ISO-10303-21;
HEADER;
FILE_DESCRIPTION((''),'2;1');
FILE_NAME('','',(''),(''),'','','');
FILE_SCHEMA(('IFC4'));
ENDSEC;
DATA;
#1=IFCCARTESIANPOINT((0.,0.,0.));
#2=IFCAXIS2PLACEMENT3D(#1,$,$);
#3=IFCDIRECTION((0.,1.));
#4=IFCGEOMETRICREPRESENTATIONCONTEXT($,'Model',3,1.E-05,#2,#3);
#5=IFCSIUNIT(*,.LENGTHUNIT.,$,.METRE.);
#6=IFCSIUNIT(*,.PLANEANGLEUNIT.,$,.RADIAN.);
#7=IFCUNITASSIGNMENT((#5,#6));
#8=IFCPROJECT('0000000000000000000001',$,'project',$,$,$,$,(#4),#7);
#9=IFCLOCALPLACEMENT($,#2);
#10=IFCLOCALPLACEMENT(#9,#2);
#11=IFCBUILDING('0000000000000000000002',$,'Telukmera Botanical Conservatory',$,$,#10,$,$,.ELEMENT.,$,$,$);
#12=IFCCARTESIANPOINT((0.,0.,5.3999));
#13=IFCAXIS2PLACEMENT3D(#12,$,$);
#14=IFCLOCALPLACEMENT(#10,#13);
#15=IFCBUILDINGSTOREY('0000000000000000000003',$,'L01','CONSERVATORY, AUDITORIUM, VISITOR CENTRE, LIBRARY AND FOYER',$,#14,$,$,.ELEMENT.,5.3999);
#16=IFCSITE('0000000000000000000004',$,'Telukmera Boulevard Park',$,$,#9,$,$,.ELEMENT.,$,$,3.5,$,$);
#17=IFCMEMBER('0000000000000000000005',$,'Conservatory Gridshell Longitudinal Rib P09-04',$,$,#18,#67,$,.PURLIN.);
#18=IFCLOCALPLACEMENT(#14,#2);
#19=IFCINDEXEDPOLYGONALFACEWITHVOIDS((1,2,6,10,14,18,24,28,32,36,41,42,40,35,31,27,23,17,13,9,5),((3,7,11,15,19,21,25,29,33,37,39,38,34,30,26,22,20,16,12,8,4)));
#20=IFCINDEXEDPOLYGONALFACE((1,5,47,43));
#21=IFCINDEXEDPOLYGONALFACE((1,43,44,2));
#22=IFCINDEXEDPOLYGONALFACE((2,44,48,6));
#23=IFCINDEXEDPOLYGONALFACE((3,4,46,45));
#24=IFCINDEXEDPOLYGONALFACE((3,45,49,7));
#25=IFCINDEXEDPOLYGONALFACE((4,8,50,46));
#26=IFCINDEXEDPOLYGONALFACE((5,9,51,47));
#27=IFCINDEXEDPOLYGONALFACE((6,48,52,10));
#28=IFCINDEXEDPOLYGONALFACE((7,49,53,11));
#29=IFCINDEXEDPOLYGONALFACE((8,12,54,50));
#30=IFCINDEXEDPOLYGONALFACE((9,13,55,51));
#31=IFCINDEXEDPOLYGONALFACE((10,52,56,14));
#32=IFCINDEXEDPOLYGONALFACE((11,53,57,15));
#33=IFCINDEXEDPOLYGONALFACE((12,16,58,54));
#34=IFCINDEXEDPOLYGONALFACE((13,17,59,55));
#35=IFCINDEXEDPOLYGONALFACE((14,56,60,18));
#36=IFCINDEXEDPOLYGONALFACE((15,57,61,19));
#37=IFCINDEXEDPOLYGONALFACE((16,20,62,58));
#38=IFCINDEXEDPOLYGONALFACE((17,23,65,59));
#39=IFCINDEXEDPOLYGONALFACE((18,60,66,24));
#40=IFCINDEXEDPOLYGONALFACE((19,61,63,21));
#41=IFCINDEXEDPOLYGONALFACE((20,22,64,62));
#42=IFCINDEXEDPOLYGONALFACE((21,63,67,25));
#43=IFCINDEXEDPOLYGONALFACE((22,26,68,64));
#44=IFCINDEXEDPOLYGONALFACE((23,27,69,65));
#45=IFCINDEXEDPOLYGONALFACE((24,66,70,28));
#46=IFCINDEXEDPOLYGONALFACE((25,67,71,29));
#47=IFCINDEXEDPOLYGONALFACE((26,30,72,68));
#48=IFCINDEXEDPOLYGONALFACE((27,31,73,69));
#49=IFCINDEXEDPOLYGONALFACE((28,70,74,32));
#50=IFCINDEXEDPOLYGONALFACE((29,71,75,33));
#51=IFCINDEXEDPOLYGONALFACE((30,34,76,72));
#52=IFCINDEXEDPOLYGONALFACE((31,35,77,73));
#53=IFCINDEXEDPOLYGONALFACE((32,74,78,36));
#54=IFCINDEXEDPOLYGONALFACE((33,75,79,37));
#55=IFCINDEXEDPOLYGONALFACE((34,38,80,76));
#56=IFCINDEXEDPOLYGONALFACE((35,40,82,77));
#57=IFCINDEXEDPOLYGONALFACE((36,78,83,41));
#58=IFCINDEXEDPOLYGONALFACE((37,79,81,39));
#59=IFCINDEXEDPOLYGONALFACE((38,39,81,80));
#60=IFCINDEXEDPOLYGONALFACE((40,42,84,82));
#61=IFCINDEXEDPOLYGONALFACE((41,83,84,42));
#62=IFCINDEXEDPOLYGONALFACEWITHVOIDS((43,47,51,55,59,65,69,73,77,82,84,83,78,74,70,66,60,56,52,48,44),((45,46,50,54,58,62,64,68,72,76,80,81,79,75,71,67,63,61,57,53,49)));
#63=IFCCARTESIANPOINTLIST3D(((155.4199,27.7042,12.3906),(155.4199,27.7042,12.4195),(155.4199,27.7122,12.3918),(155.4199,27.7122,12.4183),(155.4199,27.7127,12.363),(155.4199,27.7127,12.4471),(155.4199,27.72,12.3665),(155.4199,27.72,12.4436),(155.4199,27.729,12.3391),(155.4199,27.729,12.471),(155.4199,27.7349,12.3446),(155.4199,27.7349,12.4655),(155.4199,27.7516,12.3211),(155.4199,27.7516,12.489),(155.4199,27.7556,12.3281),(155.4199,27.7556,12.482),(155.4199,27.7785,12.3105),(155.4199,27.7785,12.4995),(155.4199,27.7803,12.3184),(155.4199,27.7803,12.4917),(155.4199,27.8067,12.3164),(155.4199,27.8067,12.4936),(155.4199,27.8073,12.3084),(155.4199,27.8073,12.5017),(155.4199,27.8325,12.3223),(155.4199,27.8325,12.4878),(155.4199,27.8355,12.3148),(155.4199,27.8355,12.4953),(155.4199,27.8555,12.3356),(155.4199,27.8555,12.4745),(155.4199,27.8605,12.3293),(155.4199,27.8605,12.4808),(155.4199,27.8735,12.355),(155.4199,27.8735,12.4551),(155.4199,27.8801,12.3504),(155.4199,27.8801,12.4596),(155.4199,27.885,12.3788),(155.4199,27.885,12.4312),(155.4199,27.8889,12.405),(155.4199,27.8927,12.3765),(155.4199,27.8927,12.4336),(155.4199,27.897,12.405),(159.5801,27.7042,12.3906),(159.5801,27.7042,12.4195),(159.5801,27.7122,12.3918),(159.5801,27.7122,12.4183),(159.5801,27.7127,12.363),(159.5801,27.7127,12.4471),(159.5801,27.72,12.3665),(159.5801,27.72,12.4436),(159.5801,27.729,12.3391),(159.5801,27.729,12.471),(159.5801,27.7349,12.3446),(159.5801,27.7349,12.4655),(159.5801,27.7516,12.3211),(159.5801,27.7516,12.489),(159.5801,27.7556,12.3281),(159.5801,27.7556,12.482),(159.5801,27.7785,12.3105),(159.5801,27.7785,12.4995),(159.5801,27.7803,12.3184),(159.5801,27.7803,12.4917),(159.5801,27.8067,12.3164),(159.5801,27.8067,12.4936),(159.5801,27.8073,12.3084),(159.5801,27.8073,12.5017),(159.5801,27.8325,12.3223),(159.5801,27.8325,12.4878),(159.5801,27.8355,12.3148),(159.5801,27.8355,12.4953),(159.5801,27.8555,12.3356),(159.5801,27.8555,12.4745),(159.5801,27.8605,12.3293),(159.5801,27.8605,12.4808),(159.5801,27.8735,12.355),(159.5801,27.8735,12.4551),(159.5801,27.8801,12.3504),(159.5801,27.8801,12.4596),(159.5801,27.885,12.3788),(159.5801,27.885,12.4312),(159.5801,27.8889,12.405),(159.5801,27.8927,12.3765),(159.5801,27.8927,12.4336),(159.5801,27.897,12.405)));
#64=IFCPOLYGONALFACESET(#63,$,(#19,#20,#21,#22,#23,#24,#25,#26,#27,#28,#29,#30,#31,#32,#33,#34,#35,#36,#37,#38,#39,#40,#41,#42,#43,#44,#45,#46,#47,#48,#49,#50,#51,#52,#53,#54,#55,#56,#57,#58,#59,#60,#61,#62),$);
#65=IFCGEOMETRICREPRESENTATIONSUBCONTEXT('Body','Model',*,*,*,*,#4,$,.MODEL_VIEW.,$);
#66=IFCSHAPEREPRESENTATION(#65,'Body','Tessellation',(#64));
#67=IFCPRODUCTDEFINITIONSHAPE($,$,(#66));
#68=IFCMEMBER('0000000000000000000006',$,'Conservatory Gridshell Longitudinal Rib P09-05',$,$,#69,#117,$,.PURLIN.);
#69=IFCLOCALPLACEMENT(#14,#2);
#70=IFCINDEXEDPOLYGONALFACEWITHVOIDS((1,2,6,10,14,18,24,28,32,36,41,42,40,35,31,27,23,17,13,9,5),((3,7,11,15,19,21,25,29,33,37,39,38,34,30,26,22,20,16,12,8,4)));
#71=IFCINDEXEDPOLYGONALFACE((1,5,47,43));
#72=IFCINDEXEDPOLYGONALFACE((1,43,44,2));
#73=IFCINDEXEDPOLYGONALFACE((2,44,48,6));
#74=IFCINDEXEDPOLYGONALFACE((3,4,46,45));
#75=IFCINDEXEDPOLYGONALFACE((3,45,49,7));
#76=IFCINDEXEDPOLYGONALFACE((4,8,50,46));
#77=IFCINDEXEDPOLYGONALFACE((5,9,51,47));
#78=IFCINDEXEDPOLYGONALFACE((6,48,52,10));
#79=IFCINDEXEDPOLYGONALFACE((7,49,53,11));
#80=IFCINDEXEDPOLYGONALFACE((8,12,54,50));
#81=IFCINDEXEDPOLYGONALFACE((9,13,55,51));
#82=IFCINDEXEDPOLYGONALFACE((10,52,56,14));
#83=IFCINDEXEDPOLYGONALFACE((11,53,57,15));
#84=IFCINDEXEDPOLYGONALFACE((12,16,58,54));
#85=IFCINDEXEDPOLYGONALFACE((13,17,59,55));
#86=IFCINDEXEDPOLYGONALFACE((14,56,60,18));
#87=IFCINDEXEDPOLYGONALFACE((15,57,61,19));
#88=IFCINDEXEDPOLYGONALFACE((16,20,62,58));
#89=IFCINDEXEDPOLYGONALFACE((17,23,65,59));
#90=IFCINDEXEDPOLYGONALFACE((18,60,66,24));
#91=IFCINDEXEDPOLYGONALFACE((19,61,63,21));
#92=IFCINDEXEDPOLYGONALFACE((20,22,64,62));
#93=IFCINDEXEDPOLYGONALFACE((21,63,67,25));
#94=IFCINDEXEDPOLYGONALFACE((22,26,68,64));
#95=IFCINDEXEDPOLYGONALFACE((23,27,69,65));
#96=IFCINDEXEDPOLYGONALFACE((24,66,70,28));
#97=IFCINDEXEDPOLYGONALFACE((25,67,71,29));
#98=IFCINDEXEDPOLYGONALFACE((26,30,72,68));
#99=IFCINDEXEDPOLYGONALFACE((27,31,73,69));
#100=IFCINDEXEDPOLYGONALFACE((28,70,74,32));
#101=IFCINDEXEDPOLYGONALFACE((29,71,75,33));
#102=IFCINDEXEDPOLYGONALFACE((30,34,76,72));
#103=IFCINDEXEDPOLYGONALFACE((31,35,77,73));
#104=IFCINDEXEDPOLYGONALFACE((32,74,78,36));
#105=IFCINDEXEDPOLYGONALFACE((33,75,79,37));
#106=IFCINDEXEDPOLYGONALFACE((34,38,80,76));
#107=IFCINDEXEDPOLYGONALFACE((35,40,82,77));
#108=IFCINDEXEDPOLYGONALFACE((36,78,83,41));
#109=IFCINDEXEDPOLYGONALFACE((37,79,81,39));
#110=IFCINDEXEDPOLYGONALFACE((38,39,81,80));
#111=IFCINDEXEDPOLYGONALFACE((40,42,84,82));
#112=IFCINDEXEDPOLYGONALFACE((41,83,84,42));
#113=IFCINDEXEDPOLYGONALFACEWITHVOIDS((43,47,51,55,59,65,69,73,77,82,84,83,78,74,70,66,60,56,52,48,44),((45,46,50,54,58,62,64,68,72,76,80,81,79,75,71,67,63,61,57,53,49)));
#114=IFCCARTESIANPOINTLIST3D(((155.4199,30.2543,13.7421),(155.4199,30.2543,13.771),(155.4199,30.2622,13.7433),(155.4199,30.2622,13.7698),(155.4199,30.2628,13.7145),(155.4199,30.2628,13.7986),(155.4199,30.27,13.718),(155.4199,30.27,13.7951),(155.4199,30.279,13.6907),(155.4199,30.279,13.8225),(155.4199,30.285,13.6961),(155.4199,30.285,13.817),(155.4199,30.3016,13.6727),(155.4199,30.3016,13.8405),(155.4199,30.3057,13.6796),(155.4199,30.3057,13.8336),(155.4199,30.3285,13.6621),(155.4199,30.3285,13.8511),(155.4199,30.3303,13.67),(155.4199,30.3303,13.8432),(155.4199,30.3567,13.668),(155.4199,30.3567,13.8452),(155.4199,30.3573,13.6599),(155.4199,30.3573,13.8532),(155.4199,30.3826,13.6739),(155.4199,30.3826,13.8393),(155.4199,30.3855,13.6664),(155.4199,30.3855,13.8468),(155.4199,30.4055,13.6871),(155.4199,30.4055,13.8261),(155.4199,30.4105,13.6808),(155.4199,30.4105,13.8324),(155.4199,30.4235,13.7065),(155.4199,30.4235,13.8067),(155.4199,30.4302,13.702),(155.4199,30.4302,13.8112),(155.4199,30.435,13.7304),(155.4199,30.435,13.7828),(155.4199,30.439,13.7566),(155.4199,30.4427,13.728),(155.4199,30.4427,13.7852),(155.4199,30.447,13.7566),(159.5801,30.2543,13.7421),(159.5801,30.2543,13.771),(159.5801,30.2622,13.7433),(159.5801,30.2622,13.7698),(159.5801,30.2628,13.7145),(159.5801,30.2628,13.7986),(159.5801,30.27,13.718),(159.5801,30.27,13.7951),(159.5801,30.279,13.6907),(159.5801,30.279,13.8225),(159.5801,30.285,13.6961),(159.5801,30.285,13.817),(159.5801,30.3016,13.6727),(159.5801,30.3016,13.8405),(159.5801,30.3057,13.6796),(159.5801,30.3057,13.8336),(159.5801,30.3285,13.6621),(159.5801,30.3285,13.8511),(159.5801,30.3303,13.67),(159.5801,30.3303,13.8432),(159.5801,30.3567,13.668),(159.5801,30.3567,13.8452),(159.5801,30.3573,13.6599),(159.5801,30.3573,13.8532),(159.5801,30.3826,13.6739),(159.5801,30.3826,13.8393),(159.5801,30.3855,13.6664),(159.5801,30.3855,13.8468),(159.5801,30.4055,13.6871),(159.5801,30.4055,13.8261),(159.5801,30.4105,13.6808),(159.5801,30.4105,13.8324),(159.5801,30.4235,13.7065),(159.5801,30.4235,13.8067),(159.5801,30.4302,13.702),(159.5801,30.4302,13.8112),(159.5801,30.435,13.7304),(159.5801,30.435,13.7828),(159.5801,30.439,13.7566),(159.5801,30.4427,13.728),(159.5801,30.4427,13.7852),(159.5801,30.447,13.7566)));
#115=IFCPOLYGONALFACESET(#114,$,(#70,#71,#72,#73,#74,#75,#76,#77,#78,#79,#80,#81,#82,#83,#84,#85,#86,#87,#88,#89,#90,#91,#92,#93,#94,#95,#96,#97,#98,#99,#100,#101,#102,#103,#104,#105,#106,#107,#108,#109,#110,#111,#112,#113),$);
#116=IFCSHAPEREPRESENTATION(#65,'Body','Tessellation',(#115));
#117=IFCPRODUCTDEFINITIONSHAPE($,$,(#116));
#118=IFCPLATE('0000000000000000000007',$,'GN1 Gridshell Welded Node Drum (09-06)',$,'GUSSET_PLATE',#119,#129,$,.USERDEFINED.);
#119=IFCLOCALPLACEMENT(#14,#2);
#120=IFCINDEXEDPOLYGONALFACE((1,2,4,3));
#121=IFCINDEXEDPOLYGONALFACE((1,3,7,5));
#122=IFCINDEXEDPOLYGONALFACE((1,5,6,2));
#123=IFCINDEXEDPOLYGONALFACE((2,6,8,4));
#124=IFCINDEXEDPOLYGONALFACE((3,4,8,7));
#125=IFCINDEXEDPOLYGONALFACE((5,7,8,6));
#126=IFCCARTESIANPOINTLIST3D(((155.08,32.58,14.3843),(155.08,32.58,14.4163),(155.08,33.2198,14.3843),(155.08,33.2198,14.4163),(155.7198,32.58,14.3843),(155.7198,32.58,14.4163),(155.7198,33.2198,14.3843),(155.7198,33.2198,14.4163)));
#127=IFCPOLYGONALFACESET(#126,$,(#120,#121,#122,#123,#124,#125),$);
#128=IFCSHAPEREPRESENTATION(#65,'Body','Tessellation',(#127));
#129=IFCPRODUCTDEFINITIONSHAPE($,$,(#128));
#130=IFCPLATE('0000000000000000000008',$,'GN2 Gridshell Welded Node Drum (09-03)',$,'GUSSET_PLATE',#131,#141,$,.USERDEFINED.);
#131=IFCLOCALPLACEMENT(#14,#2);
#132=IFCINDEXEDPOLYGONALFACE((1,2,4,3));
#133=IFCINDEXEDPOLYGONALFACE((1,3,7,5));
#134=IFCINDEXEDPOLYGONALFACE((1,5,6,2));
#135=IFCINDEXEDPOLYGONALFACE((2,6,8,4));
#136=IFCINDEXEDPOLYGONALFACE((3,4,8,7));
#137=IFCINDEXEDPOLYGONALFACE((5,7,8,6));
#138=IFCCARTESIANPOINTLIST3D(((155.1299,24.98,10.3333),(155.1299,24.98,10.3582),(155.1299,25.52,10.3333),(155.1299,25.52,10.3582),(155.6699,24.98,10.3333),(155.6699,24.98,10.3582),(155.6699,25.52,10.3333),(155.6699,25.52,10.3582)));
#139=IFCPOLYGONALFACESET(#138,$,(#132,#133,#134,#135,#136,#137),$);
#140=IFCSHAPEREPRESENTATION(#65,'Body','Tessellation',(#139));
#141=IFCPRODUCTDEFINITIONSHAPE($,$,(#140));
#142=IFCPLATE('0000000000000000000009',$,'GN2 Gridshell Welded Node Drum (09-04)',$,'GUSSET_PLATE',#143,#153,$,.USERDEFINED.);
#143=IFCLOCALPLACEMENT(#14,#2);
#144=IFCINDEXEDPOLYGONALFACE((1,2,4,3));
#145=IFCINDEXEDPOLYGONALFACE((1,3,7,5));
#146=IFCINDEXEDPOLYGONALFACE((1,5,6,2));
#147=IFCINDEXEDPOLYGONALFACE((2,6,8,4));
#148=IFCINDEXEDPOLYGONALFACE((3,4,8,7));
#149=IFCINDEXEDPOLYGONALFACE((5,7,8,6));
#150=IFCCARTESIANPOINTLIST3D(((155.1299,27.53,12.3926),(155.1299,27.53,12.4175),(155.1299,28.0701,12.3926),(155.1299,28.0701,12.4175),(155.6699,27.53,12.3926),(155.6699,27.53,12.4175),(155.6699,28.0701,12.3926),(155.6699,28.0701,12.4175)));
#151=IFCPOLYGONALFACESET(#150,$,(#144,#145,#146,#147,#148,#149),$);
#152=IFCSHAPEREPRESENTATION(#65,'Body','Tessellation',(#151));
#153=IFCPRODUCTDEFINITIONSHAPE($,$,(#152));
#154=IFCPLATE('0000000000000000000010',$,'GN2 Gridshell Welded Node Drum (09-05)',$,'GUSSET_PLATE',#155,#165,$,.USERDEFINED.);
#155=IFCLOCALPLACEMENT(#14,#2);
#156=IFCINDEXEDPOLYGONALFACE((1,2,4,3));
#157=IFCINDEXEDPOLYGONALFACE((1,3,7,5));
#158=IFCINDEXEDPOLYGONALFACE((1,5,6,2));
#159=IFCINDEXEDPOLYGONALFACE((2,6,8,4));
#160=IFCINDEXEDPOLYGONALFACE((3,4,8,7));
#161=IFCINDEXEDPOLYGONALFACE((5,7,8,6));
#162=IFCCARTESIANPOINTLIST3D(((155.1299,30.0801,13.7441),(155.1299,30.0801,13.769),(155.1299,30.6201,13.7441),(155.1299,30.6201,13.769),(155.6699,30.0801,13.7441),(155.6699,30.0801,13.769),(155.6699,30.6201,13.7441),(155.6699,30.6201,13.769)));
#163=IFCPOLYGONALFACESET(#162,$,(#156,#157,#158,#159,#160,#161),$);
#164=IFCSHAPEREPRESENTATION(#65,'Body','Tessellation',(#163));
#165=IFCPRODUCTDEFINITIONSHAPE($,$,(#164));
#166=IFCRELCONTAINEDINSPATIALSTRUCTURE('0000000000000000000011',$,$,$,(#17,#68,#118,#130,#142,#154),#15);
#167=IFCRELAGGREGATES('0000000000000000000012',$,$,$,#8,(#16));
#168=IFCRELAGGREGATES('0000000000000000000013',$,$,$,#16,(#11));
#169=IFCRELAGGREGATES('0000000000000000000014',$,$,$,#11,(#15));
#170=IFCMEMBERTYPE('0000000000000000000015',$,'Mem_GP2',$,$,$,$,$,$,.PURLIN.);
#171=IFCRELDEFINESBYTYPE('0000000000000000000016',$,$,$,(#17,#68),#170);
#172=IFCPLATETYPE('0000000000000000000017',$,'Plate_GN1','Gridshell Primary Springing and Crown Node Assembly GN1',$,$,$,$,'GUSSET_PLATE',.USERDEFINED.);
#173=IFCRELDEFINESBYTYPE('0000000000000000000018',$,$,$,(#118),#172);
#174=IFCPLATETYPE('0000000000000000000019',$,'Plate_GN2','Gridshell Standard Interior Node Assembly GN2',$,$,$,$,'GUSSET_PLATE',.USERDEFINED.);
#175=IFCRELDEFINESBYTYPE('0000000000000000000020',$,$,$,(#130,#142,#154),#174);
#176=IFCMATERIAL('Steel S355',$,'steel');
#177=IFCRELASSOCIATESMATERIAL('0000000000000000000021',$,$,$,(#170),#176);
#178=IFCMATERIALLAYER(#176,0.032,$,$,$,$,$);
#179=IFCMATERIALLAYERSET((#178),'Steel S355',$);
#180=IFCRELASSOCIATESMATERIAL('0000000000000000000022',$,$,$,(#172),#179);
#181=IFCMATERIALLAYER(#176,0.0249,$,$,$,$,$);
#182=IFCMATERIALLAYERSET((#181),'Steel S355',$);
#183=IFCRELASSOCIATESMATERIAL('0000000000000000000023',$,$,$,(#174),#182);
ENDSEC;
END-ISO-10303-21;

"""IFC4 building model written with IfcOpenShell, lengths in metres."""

from ifc_helpers import new_model, si_unit, direction, frame, origin, origin_2d, place, context, subcontext, project, spatial, rectangle, hollow_circle, extrude, material, layer, layer_set, material_profile, profile_set, type_object, element, save


model = new_model("IFC4")

# Units and contexts
model_context = context("Model", 3, precision=1e-05, world=origin(), true_north=direction((0.0, 1.0)))
body_context = subcontext(model_context, "Body", "Model", "MODEL_VIEW")
ifc_project = project(units=[si_unit("LENGTHUNIT", "METRE"), si_unit("PLANEANGLEUNIT", "RADIAN")], contexts=[model_context])

# Site, building, storey
site_placement = place(None, origin())
site = spatial("IfcSite", under=ifc_project, at=site_placement, Name="Telukmera Boulevard Park", CompositionType="ELEMENT", RefElevation=3.5)
building_placement = place(site_placement, origin())
building = spatial("IfcBuilding", under=site, at=building_placement, Name="Telukmera Botanical Conservatory", CompositionType="ELEMENT")
storey_placement = place(building_placement, frame((0.0, 0.0, 5.3999)))
storey = spatial("IfcBuildingStorey", under=building, at=storey_placement, Name="L01", Description="CONSERVATORY, AUDITORIUM, VISITOR CENTRE, LIBRARY AND FOYER", CompositionType="ELEMENT", Elevation=5.3999)

# Members
ifc_material = material(Name="Steel S355", Category="steel")
ifc_material_profile_1 = material_profile(ifc_material, hollow_circle(Radius=0.0969, WallThickness=0.0081, at=origin_2d()), Name="CHS 193.7x8.0")
ifc_profile_set_1 = profile_set([ifc_material_profile_1], Name="Steel S355")
member_type_1 = type_object("IfcMemberType", Name="Mem_GP2", PredefinedType="PURLIN", material=ifc_profile_set_1)
for number, where, z_axis, x_axis, name in (
    (1, (155.4199, 27.8, 12.405), (1.0, 0.0, 0.0), (0.0, 1.0, 0.0), "Conservatory Gridshell Longitudinal Rib P09-04"),
    (2, (155.4199, 30.3501, 13.7566), (1.0, 0.0, 0.0), (0.0, 1.0, 0.0), "Conservatory Gridshell Longitudinal Rib P09-05"),
):
    element("IfcMember", number, at=place(storey_placement, frame(where, z_axis=z_axis, x_axis=x_axis)), inside=storey, type_object=member_type_1, Name=name, PredefinedType="PURLIN", context=body_context, shape_type="SweptSolid", body=[
        extrude(hollow_circle(Radius=0.0969, WallThickness=0.0081, at=origin_2d()), origin(), (0.0, 0.0, 1.0), 4.1602),
    ])

# Plates
ifc_layer_1 = layer(ifc_material, 0.032)
ifc_layer_set_1 = layer_set([ifc_layer_1], Name="Steel S355")
plate_type_1 = type_object("IfcPlateType", Name="Plate_GN1", Description="Gridshell Primary Springing and Crown Node Assembly GN1", ElementType="GUSSET_PLATE", PredefinedType="USERDEFINED", material=ifc_layer_set_1)
plate_placement = place(storey_placement, frame((155.3999, 32.8999, 14.3843), z_axis=(0.0, 0.0, 1.0), x_axis=(1.0, 0.0, 0.0)))
element("IfcPlate", 3, at=plate_placement, inside=storey, type_object=plate_type_1, Name="GN1 Gridshell Welded Node Drum (09-06)", ObjectType="GUSSET_PLATE", PredefinedType="USERDEFINED", context=body_context, shape_type="SweptSolid", body=[
    extrude(rectangle(XDim=0.6399, YDim=0.6399, at=origin_2d()), origin(), (0.0, 0.0, 1.0), 0.032),
])
ifc_layer_2 = layer(ifc_material, 0.0249)
ifc_layer_set_2 = layer_set([ifc_layer_2], Name="Steel S355")
plate_type_2 = type_object("IfcPlateType", Name="Plate_GN2", Description="Gridshell Standard Interior Node Assembly GN2", ElementType="GUSSET_PLATE", PredefinedType="USERDEFINED", material=ifc_layer_set_2)
for number, where, z_axis, x_axis, name in (
    (4, (155.3999, 25.25, 10.3333), (0.0, 0.0, 1.0), (1.0, 0.0, 0.0), "GN2 Gridshell Welded Node Drum (09-03)"),
    (5, (155.3999, 27.8, 12.3926), (0.0, 0.0, 1.0), (1.0, 0.0, 0.0), "GN2 Gridshell Welded Node Drum (09-04)"),
    (6, (155.3999, 30.3501, 13.7441), (0.0, 0.0, 1.0), (1.0, 0.0, 0.0), "GN2 Gridshell Welded Node Drum (09-05)"),
):
    element("IfcPlate", number, at=place(storey_placement, frame(where, z_axis=z_axis, x_axis=x_axis)), inside=storey, type_object=plate_type_2, Name=name, ObjectType="GUSSET_PLATE", PredefinedType="USERDEFINED", context=body_context, shape_type="SweptSolid", body=[
        extrude(rectangle(XDim=0.54, YDim=0.54, at=origin_2d()), origin(), (0.0, 0.0, 1.0), 0.0249),
    ])

save(model, "model.ifc")
